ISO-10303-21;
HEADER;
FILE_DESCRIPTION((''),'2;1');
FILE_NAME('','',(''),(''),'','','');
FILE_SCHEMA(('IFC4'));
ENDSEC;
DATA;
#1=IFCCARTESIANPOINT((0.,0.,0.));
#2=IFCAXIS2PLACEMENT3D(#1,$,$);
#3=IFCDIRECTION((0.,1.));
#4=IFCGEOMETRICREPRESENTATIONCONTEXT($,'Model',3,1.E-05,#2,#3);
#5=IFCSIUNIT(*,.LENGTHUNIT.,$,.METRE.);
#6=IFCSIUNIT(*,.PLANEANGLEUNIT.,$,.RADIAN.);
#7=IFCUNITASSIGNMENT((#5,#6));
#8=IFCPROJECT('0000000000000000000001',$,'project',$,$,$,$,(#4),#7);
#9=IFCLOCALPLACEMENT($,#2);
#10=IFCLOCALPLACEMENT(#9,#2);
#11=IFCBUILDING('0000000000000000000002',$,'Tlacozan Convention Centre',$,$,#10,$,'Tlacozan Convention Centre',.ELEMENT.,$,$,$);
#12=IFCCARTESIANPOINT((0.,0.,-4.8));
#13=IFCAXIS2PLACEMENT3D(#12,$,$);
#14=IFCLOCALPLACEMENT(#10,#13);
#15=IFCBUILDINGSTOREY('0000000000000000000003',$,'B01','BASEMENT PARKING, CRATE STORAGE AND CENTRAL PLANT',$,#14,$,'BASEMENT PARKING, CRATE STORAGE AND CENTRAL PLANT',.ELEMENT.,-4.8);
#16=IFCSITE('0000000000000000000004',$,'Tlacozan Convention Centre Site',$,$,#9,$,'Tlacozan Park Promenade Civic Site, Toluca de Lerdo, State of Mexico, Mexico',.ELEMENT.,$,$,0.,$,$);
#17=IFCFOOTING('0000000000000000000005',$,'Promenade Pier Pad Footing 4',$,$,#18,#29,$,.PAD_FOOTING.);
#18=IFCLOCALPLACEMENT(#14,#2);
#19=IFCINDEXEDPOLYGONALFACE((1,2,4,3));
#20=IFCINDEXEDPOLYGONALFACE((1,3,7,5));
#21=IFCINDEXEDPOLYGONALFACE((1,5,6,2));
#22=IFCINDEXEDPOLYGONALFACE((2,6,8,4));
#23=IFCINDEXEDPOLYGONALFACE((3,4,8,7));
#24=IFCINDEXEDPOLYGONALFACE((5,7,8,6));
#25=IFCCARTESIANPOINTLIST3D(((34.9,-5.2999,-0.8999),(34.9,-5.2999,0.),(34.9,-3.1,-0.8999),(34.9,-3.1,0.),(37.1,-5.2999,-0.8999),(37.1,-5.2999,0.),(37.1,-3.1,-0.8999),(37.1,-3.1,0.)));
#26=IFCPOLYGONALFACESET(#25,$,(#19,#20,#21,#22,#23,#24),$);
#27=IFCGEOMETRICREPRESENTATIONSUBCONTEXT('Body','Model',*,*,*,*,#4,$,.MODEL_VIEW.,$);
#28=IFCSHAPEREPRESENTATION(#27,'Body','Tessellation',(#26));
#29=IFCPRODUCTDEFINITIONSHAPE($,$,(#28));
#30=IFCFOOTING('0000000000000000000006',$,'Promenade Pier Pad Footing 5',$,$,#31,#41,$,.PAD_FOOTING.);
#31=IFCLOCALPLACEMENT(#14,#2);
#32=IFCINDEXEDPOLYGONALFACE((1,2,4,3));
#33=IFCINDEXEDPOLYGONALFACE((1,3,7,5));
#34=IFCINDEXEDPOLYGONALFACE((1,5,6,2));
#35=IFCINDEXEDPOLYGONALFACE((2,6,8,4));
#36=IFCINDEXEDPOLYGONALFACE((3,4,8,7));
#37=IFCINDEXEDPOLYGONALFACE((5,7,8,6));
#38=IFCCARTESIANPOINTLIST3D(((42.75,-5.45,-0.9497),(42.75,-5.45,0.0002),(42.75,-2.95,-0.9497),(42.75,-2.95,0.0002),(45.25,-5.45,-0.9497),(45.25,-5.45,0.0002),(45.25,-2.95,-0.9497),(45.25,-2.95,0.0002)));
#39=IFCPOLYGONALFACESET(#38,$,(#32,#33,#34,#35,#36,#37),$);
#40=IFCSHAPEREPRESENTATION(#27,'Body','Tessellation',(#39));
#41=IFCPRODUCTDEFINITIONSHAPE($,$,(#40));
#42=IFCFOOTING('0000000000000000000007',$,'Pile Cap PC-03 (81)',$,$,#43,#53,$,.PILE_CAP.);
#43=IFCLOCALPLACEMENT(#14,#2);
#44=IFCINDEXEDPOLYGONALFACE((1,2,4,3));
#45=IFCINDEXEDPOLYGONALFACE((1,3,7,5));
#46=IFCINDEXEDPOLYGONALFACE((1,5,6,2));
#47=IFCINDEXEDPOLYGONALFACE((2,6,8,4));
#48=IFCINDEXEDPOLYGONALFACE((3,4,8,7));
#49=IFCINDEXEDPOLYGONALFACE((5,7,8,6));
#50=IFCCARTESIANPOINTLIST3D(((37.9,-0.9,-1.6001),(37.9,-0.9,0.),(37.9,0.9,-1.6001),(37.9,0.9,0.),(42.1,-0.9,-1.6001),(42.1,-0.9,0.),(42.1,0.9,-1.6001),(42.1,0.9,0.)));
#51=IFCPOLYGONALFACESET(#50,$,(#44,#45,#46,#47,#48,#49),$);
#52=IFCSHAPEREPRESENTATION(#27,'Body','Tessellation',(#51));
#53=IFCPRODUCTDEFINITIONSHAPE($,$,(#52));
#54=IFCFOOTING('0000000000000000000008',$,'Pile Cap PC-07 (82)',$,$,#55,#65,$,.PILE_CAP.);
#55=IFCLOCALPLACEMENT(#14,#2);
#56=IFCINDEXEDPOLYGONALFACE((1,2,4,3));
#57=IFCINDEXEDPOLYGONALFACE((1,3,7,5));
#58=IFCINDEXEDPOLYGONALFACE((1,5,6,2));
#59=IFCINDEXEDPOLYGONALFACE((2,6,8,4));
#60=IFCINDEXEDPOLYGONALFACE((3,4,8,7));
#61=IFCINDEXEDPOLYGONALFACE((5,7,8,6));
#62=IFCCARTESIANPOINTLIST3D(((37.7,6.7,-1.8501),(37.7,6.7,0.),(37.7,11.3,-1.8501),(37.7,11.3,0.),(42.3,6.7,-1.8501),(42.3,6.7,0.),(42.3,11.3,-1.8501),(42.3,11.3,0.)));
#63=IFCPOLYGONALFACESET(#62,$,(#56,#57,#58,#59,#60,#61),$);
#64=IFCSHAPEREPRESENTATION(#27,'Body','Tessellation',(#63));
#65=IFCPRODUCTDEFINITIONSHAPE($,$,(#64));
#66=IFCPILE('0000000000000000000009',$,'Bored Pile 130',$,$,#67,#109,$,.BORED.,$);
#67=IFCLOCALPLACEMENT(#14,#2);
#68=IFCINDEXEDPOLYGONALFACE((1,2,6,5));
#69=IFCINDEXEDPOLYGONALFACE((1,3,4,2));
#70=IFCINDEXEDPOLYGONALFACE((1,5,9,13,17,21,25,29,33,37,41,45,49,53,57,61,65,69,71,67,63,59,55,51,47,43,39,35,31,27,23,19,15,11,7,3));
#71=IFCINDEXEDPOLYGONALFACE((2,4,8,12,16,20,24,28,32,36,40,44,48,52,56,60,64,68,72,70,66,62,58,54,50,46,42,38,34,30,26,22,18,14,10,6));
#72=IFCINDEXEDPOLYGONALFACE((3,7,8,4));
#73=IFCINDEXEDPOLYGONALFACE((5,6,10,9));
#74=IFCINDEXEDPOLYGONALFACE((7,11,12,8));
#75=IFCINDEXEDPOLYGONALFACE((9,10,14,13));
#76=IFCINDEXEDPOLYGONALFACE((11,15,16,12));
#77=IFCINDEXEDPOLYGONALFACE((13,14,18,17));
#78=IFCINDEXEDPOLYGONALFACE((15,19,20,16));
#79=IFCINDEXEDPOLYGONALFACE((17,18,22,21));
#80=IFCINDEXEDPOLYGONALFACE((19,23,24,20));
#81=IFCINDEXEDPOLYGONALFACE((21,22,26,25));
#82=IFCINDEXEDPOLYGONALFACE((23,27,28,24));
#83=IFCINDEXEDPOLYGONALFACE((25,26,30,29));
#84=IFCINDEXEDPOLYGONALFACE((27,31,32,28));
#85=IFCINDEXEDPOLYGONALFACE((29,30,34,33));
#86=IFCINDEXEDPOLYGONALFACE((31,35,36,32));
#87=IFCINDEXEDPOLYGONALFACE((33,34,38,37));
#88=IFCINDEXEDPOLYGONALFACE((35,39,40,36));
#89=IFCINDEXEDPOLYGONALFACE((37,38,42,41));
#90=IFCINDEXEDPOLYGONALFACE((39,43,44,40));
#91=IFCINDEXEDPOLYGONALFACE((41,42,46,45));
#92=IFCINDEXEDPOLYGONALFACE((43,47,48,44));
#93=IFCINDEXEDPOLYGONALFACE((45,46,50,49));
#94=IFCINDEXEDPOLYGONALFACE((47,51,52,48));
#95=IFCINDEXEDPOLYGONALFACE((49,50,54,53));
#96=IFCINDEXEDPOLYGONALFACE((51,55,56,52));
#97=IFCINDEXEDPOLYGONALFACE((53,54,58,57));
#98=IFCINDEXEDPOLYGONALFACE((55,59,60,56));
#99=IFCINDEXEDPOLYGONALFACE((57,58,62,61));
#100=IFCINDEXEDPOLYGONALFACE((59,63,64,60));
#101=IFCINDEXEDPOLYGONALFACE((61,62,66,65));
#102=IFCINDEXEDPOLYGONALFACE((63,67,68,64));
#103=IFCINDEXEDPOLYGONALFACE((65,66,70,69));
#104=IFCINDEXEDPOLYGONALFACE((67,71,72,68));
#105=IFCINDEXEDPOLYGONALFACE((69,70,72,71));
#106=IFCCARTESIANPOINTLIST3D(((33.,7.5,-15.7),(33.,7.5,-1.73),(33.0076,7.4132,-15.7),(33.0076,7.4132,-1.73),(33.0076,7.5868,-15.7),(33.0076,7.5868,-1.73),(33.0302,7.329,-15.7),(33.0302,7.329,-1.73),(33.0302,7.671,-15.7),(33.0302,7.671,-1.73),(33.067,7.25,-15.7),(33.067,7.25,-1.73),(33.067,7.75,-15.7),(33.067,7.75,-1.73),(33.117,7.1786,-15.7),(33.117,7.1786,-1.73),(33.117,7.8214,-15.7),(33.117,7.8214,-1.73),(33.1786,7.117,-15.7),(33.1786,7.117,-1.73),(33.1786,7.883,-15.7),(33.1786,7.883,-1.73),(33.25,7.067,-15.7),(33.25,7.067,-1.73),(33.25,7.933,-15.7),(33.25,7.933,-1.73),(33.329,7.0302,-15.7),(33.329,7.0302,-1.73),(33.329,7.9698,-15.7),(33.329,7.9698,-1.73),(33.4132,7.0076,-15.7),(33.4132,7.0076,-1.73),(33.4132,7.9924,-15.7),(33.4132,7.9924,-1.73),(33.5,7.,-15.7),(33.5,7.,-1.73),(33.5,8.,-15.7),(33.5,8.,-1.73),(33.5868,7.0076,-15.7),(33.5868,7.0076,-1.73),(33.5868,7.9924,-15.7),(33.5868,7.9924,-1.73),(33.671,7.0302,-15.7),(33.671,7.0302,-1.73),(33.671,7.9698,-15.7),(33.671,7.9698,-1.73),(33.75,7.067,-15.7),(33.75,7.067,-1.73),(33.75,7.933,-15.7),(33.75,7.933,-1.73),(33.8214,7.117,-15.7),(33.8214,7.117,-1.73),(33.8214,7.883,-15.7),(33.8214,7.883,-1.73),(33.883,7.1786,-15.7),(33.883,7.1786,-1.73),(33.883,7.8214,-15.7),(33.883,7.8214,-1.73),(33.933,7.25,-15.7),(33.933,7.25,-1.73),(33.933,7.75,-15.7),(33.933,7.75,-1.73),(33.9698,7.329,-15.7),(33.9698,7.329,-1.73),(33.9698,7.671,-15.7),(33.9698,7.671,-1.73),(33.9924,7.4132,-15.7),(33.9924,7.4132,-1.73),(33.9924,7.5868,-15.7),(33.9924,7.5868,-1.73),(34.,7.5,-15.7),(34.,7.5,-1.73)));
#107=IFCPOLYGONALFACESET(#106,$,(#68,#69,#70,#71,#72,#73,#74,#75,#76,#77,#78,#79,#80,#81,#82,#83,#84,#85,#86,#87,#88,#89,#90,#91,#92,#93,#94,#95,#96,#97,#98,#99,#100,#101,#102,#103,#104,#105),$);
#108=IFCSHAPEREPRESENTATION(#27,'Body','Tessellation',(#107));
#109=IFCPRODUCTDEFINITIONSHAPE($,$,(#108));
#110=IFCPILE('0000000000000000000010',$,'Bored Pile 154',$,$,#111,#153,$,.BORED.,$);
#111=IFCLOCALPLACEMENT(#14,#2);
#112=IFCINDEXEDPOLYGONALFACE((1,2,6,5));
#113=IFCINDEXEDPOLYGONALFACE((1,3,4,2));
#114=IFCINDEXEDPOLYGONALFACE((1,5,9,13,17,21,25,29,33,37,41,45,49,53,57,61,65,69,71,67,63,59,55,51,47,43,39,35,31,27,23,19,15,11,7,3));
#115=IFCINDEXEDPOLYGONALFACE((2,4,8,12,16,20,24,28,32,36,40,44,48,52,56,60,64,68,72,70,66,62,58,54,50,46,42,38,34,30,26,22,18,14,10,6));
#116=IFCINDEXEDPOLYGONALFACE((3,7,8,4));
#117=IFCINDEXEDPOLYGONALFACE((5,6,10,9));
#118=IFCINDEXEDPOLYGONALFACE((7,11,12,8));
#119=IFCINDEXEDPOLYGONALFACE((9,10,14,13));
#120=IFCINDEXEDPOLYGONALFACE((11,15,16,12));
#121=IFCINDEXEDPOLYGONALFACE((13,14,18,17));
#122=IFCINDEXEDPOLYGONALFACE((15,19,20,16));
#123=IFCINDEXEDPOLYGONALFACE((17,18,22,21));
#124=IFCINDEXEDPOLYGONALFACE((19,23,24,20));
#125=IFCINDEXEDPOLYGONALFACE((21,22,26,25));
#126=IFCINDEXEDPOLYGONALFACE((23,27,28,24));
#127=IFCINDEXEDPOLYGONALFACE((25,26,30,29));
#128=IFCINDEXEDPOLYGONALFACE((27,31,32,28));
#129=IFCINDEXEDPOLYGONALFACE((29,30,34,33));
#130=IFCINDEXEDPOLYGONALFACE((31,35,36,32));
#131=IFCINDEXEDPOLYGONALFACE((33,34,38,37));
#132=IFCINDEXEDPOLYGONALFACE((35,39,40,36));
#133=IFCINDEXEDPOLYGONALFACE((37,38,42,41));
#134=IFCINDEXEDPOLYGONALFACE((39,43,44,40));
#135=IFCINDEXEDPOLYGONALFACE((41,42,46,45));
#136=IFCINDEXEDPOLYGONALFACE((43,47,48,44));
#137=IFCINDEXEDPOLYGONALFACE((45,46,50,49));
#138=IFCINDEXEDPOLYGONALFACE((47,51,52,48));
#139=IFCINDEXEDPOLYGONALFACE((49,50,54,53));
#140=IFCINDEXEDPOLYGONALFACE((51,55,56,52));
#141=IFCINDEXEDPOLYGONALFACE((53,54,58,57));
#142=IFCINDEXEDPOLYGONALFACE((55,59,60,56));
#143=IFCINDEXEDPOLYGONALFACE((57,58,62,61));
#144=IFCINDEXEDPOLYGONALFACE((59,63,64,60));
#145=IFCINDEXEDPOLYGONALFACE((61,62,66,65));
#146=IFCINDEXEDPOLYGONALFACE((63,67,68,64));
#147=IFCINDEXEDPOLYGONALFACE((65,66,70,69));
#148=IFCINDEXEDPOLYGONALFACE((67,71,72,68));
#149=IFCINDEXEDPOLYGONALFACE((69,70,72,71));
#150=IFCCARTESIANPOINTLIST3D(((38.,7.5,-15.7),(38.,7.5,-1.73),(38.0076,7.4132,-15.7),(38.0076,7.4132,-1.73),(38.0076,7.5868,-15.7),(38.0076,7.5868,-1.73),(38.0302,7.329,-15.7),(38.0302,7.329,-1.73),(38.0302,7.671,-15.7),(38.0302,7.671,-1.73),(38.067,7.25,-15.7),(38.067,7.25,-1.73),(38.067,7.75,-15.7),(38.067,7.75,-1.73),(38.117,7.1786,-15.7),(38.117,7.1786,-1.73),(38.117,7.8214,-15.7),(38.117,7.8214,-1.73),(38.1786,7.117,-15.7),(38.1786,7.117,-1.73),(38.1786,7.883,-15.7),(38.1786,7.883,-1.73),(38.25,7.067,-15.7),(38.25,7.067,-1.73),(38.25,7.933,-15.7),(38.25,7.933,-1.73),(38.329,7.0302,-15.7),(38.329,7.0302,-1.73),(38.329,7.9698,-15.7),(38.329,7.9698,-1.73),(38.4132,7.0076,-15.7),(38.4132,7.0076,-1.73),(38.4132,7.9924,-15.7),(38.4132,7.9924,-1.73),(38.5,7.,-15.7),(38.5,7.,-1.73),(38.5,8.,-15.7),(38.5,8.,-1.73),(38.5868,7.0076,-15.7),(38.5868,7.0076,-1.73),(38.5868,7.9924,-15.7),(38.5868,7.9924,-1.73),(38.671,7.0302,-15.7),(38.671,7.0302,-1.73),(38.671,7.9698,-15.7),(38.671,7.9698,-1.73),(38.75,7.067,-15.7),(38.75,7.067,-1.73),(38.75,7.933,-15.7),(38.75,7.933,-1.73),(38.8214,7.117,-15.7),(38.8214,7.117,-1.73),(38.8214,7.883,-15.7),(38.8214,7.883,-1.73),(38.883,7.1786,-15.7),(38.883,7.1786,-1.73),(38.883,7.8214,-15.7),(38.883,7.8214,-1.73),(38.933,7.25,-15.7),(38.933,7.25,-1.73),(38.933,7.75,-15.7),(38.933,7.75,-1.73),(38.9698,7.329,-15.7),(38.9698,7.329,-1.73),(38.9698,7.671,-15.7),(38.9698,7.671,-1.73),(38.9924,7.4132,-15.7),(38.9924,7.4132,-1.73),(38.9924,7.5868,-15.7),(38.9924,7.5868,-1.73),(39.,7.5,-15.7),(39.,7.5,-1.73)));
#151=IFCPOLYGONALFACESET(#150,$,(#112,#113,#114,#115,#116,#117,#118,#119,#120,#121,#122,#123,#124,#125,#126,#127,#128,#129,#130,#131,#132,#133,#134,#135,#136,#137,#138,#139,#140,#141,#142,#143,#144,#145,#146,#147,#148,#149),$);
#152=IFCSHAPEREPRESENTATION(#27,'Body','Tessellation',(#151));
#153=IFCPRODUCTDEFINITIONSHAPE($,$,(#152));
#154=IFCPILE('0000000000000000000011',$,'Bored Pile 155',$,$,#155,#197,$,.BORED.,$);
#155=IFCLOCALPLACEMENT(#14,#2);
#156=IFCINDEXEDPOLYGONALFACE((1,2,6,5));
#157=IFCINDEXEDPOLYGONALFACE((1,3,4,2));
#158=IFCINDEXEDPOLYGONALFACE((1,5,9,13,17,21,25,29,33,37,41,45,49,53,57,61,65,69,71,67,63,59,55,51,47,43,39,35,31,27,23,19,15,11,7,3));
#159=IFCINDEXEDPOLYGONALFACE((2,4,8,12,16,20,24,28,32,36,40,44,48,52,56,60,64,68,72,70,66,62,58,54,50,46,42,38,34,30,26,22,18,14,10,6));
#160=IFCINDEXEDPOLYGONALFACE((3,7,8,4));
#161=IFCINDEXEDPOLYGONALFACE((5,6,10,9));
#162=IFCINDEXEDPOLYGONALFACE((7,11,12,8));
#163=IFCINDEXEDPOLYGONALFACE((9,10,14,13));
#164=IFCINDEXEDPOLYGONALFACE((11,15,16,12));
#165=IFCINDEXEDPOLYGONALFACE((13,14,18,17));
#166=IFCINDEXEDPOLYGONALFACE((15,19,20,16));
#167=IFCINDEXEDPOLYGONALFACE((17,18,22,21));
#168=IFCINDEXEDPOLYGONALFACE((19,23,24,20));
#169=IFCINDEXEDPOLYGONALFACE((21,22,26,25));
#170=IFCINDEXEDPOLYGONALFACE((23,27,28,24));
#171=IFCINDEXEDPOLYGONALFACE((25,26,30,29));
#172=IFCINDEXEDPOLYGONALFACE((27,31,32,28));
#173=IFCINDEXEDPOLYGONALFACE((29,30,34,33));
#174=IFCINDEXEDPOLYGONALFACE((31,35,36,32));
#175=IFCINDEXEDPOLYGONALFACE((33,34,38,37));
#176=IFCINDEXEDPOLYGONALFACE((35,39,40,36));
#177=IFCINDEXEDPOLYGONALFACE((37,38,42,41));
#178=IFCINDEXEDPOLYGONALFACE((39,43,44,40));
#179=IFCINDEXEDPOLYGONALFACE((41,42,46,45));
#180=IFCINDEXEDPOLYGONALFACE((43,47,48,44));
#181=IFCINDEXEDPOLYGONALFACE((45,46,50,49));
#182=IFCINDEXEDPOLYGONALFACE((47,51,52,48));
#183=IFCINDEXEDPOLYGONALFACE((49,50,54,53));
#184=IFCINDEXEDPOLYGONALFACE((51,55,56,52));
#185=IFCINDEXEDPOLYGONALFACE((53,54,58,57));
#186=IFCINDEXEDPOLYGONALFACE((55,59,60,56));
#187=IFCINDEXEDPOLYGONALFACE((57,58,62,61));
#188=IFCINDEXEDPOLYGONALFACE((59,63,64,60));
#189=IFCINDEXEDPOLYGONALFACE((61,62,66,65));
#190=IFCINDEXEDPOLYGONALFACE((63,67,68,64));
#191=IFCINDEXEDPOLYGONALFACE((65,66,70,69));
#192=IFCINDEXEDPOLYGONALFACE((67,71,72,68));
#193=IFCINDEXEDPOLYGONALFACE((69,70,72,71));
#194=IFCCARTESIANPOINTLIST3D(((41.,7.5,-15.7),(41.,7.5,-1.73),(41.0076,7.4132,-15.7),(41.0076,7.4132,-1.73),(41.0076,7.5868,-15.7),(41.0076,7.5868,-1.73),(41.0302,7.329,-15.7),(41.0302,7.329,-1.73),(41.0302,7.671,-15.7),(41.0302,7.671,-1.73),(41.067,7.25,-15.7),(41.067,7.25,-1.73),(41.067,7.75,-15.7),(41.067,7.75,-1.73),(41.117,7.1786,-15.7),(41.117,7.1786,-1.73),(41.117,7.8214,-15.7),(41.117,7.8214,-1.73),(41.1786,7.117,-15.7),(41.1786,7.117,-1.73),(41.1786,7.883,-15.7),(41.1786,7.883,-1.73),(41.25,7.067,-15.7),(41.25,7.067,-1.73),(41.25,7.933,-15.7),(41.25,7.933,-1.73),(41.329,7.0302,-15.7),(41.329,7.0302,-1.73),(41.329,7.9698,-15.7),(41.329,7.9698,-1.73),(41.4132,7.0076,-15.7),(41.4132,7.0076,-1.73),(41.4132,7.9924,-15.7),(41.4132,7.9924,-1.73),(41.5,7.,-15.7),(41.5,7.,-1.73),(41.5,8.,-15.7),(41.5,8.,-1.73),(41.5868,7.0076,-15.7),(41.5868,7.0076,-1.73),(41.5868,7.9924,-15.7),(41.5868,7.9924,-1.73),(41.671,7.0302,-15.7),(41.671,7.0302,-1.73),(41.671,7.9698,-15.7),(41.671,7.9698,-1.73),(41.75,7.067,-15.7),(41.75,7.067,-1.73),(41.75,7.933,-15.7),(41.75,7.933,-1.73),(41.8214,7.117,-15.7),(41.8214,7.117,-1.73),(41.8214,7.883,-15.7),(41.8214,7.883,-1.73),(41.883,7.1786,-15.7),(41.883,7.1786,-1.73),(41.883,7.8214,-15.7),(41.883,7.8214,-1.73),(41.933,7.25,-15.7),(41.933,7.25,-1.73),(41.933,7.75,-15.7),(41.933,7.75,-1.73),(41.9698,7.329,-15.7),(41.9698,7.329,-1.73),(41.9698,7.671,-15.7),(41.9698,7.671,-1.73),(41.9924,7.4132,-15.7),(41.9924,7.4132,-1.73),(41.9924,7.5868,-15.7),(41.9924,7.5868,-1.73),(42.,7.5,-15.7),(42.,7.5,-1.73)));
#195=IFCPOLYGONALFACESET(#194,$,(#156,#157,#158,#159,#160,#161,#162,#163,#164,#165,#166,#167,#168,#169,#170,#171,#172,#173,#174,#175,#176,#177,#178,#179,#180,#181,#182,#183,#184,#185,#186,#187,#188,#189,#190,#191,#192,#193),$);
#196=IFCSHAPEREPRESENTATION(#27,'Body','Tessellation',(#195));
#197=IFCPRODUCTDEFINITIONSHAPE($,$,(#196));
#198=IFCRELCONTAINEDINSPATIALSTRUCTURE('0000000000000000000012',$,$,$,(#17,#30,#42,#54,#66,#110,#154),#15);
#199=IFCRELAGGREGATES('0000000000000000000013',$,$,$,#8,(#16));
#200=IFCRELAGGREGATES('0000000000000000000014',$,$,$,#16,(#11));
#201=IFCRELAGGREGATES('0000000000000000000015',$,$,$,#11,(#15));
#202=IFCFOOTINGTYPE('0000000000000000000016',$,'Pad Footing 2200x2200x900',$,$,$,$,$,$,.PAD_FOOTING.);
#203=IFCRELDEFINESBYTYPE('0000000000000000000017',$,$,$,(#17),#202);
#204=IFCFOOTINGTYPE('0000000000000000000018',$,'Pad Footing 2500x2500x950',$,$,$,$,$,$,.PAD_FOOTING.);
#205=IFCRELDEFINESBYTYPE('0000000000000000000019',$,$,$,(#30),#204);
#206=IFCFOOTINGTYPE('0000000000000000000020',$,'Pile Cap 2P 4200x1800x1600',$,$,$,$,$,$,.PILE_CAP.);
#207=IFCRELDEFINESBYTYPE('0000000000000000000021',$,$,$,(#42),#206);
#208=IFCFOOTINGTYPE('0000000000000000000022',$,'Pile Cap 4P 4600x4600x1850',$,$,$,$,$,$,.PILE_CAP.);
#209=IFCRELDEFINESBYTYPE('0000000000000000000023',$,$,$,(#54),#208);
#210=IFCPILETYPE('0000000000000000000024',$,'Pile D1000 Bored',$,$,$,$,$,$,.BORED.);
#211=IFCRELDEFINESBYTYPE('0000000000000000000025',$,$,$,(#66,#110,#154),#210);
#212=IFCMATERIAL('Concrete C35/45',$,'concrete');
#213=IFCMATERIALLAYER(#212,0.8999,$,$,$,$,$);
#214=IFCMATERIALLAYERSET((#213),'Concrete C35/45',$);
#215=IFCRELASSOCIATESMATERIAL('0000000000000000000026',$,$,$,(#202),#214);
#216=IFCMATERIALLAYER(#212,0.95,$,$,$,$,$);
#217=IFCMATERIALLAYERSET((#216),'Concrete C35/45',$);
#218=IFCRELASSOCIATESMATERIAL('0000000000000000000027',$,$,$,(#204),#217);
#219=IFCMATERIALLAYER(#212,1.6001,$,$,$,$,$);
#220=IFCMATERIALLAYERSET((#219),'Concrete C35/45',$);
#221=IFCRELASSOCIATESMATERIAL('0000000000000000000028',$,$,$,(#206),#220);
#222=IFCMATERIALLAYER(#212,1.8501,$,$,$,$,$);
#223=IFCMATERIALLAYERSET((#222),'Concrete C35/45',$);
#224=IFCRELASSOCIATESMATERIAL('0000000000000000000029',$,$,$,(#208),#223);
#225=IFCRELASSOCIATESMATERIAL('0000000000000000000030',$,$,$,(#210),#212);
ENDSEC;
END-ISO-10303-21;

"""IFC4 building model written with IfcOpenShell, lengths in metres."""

from ifc_helpers import new_model, si_unit, direction, frame, origin, origin_2d, place, context, subcontext, project, spatial, rectangle, circle, extrude, material, layer, layer_set, material_profile, profile_set, type_object, element, save


model = new_model("IFC4")

# Units and contexts
model_context = context("Model", 3, precision=1e-05, world=origin(), true_north=direction((0.0, 1.0)))
body_context = subcontext(model_context, "Body", "Model", "MODEL_VIEW")
ifc_project = project(units=[si_unit("LENGTHUNIT", "METRE"), si_unit("PLANEANGLEUNIT", "RADIAN")], contexts=[model_context])

# Site, building, storey
site_placement = place(None, origin())
site = spatial("IfcSite", under=ifc_project, at=site_placement, Name="Tlacozan Convention Centre Site", LongName="Tlacozan Park Promenade Civic Site, Toluca de Lerdo, State of Mexico, Mexico", CompositionType="ELEMENT", RefElevation=0.0)
building_placement = place(site_placement, origin())
building = spatial("IfcBuilding", under=site, at=building_placement, Name="Tlacozan Convention Centre", LongName="Tlacozan Convention Centre", CompositionType="ELEMENT")
storey_placement = place(building_placement, frame((0.0, 0.0, -4.8)))
storey = spatial("IfcBuildingStorey", under=building, at=storey_placement, Name="B01", Description="BASEMENT PARKING, CRATE STORAGE AND CENTRAL PLANT", LongName="BASEMENT PARKING, CRATE STORAGE AND CENTRAL PLANT", CompositionType="ELEMENT", Elevation=-4.8)

# Footings
ifc_material_1 = material(Name="Concrete C35/45", Category="concrete")
ifc_layer_1 = layer(ifc_material_1, 0.8999)
ifc_layer_set_1 = layer_set([ifc_layer_1], Name="Concrete C35/45")
footing_type_1 = type_object("IfcFootingType", Name="Pad Footing 2200x2200x900", PredefinedType="PAD_FOOTING", material=ifc_layer_set_1)
footing_1_placement = place(storey_placement, frame((36.0, -4.2, -0.8999), z_axis=(0.0, 0.0, 1.0), x_axis=(1.0, 0.0, 0.0)))
element("IfcFooting", 1, at=footing_1_placement, inside=storey, type_object=footing_type_1, Name="Promenade Pier Pad Footing 4", PredefinedType="PAD_FOOTING", context=body_context, shape_type="SweptSolid", body=[
    extrude(rectangle(XDim=2.2, YDim=2.2, at=origin_2d()), origin(), (0.0, 0.0, 1.0), 0.8999),
])
ifc_layer_2 = layer(ifc_material_1, 0.95)
ifc_layer_set_2 = layer_set([ifc_layer_2], Name="Concrete C35/45")
footing_type_2 = type_object("IfcFootingType", Name="Pad Footing 2500x2500x950", PredefinedType="PAD_FOOTING", material=ifc_layer_set_2)
footing_2_placement = place(storey_placement, frame((44.0, -4.2, -0.9497), z_axis=(0.0, 0.0, 1.0), x_axis=(1.0, 0.0, 0.0)))
element("IfcFooting", 2, at=footing_2_placement, inside=storey, type_object=footing_type_2, Name="Promenade Pier Pad Footing 5", PredefinedType="PAD_FOOTING", context=body_context, shape_type="SweptSolid", body=[
    extrude(rectangle(XDim=2.5, YDim=2.5, at=origin_2d()), origin(), (0.0, 0.0, 1.0), 0.95),
])
ifc_layer_3 = layer(ifc_material_1, 1.6001)
ifc_layer_set_3 = layer_set([ifc_layer_3], Name="Concrete C35/45")
footing_type_3 = type_object("IfcFootingType", Name="Pile Cap 2P 4200x1800x1600", PredefinedType="PILE_CAP", material=ifc_layer_set_3)
footing_3_placement = place(storey_placement, frame((40.0, 0.0, -1.6001), z_axis=(0.0, 0.0, 1.0), x_axis=(1.0, 0.0, 0.0)))
element("IfcFooting", 3, at=footing_3_placement, inside=storey, type_object=footing_type_3, Name="Pile Cap PC-03 (81)", PredefinedType="PILE_CAP", context=body_context, shape_type="SweptSolid", body=[
    extrude(rectangle(XDim=4.2, YDim=1.8, at=origin_2d()), origin(), (0.0, 0.0, 1.0), 1.6001),
])
ifc_layer_4 = layer(ifc_material_1, 1.8501)
ifc_layer_set_4 = layer_set([ifc_layer_4], Name="Concrete C35/45")
footing_type_4 = type_object("IfcFootingType", Name="Pile Cap 4P 4600x4600x1850", PredefinedType="PILE_CAP", material=ifc_layer_set_4)
footing_4_placement = place(storey_placement, frame((40.0, 9.0, -1.8501), z_axis=(0.0, 0.0, 1.0), x_axis=(1.0, 0.0, 0.0)))
element("IfcFooting", 4, at=footing_4_placement, inside=storey, type_object=footing_type_4, Name="Pile Cap PC-07 (82)", PredefinedType="PILE_CAP", context=body_context, shape_type="SweptSolid", body=[
    extrude(rectangle(XDim=4.6001, YDim=4.6001, at=origin_2d()), origin(), (0.0, 0.0, 1.0), 1.8501),
])

# Piles
ifc_material_profile_1 = material_profile(ifc_material_1, circle(Radius=0.5, at=origin_2d()), Name="PILE D1000")
ifc_profile_set_1 = profile_set([ifc_material_profile_1], Name="Concrete C35/45")
pile_type_1 = type_object("IfcPileType", Name="Pile D1000 Bored", PredefinedType="BORED", material=ifc_profile_set_1)
for number, where, z_axis, x_axis, name in (
    (5, (33.5, 7.5, -1.73), (0.0, 0.0, -1.0), (1.0, 0.0, 0.0), "Bored Pile 130"),
    (6, (38.5, 7.5, -1.73), (0.0, 0.0, -1.0), (1.0, 0.0, 0.0), "Bored Pile 154"),
    (7, (41.5, 7.5, -1.73), (0.0, 0.0, -1.0), (1.0, 0.0, 0.0), "Bored Pile 155"),
):
    element("IfcPile", number, at=place(storey_placement, frame(where, z_axis=z_axis, x_axis=x_axis)), inside=storey, type_object=pile_type_1, Name=name, PredefinedType="BORED", context=body_context, shape_type="SweptSolid", body=[
        extrude(circle(Radius=0.5, at=origin_2d()), origin(), (0.0, 0.0, 1.0), 13.97),
    ])

save(model, "model.ifc")
